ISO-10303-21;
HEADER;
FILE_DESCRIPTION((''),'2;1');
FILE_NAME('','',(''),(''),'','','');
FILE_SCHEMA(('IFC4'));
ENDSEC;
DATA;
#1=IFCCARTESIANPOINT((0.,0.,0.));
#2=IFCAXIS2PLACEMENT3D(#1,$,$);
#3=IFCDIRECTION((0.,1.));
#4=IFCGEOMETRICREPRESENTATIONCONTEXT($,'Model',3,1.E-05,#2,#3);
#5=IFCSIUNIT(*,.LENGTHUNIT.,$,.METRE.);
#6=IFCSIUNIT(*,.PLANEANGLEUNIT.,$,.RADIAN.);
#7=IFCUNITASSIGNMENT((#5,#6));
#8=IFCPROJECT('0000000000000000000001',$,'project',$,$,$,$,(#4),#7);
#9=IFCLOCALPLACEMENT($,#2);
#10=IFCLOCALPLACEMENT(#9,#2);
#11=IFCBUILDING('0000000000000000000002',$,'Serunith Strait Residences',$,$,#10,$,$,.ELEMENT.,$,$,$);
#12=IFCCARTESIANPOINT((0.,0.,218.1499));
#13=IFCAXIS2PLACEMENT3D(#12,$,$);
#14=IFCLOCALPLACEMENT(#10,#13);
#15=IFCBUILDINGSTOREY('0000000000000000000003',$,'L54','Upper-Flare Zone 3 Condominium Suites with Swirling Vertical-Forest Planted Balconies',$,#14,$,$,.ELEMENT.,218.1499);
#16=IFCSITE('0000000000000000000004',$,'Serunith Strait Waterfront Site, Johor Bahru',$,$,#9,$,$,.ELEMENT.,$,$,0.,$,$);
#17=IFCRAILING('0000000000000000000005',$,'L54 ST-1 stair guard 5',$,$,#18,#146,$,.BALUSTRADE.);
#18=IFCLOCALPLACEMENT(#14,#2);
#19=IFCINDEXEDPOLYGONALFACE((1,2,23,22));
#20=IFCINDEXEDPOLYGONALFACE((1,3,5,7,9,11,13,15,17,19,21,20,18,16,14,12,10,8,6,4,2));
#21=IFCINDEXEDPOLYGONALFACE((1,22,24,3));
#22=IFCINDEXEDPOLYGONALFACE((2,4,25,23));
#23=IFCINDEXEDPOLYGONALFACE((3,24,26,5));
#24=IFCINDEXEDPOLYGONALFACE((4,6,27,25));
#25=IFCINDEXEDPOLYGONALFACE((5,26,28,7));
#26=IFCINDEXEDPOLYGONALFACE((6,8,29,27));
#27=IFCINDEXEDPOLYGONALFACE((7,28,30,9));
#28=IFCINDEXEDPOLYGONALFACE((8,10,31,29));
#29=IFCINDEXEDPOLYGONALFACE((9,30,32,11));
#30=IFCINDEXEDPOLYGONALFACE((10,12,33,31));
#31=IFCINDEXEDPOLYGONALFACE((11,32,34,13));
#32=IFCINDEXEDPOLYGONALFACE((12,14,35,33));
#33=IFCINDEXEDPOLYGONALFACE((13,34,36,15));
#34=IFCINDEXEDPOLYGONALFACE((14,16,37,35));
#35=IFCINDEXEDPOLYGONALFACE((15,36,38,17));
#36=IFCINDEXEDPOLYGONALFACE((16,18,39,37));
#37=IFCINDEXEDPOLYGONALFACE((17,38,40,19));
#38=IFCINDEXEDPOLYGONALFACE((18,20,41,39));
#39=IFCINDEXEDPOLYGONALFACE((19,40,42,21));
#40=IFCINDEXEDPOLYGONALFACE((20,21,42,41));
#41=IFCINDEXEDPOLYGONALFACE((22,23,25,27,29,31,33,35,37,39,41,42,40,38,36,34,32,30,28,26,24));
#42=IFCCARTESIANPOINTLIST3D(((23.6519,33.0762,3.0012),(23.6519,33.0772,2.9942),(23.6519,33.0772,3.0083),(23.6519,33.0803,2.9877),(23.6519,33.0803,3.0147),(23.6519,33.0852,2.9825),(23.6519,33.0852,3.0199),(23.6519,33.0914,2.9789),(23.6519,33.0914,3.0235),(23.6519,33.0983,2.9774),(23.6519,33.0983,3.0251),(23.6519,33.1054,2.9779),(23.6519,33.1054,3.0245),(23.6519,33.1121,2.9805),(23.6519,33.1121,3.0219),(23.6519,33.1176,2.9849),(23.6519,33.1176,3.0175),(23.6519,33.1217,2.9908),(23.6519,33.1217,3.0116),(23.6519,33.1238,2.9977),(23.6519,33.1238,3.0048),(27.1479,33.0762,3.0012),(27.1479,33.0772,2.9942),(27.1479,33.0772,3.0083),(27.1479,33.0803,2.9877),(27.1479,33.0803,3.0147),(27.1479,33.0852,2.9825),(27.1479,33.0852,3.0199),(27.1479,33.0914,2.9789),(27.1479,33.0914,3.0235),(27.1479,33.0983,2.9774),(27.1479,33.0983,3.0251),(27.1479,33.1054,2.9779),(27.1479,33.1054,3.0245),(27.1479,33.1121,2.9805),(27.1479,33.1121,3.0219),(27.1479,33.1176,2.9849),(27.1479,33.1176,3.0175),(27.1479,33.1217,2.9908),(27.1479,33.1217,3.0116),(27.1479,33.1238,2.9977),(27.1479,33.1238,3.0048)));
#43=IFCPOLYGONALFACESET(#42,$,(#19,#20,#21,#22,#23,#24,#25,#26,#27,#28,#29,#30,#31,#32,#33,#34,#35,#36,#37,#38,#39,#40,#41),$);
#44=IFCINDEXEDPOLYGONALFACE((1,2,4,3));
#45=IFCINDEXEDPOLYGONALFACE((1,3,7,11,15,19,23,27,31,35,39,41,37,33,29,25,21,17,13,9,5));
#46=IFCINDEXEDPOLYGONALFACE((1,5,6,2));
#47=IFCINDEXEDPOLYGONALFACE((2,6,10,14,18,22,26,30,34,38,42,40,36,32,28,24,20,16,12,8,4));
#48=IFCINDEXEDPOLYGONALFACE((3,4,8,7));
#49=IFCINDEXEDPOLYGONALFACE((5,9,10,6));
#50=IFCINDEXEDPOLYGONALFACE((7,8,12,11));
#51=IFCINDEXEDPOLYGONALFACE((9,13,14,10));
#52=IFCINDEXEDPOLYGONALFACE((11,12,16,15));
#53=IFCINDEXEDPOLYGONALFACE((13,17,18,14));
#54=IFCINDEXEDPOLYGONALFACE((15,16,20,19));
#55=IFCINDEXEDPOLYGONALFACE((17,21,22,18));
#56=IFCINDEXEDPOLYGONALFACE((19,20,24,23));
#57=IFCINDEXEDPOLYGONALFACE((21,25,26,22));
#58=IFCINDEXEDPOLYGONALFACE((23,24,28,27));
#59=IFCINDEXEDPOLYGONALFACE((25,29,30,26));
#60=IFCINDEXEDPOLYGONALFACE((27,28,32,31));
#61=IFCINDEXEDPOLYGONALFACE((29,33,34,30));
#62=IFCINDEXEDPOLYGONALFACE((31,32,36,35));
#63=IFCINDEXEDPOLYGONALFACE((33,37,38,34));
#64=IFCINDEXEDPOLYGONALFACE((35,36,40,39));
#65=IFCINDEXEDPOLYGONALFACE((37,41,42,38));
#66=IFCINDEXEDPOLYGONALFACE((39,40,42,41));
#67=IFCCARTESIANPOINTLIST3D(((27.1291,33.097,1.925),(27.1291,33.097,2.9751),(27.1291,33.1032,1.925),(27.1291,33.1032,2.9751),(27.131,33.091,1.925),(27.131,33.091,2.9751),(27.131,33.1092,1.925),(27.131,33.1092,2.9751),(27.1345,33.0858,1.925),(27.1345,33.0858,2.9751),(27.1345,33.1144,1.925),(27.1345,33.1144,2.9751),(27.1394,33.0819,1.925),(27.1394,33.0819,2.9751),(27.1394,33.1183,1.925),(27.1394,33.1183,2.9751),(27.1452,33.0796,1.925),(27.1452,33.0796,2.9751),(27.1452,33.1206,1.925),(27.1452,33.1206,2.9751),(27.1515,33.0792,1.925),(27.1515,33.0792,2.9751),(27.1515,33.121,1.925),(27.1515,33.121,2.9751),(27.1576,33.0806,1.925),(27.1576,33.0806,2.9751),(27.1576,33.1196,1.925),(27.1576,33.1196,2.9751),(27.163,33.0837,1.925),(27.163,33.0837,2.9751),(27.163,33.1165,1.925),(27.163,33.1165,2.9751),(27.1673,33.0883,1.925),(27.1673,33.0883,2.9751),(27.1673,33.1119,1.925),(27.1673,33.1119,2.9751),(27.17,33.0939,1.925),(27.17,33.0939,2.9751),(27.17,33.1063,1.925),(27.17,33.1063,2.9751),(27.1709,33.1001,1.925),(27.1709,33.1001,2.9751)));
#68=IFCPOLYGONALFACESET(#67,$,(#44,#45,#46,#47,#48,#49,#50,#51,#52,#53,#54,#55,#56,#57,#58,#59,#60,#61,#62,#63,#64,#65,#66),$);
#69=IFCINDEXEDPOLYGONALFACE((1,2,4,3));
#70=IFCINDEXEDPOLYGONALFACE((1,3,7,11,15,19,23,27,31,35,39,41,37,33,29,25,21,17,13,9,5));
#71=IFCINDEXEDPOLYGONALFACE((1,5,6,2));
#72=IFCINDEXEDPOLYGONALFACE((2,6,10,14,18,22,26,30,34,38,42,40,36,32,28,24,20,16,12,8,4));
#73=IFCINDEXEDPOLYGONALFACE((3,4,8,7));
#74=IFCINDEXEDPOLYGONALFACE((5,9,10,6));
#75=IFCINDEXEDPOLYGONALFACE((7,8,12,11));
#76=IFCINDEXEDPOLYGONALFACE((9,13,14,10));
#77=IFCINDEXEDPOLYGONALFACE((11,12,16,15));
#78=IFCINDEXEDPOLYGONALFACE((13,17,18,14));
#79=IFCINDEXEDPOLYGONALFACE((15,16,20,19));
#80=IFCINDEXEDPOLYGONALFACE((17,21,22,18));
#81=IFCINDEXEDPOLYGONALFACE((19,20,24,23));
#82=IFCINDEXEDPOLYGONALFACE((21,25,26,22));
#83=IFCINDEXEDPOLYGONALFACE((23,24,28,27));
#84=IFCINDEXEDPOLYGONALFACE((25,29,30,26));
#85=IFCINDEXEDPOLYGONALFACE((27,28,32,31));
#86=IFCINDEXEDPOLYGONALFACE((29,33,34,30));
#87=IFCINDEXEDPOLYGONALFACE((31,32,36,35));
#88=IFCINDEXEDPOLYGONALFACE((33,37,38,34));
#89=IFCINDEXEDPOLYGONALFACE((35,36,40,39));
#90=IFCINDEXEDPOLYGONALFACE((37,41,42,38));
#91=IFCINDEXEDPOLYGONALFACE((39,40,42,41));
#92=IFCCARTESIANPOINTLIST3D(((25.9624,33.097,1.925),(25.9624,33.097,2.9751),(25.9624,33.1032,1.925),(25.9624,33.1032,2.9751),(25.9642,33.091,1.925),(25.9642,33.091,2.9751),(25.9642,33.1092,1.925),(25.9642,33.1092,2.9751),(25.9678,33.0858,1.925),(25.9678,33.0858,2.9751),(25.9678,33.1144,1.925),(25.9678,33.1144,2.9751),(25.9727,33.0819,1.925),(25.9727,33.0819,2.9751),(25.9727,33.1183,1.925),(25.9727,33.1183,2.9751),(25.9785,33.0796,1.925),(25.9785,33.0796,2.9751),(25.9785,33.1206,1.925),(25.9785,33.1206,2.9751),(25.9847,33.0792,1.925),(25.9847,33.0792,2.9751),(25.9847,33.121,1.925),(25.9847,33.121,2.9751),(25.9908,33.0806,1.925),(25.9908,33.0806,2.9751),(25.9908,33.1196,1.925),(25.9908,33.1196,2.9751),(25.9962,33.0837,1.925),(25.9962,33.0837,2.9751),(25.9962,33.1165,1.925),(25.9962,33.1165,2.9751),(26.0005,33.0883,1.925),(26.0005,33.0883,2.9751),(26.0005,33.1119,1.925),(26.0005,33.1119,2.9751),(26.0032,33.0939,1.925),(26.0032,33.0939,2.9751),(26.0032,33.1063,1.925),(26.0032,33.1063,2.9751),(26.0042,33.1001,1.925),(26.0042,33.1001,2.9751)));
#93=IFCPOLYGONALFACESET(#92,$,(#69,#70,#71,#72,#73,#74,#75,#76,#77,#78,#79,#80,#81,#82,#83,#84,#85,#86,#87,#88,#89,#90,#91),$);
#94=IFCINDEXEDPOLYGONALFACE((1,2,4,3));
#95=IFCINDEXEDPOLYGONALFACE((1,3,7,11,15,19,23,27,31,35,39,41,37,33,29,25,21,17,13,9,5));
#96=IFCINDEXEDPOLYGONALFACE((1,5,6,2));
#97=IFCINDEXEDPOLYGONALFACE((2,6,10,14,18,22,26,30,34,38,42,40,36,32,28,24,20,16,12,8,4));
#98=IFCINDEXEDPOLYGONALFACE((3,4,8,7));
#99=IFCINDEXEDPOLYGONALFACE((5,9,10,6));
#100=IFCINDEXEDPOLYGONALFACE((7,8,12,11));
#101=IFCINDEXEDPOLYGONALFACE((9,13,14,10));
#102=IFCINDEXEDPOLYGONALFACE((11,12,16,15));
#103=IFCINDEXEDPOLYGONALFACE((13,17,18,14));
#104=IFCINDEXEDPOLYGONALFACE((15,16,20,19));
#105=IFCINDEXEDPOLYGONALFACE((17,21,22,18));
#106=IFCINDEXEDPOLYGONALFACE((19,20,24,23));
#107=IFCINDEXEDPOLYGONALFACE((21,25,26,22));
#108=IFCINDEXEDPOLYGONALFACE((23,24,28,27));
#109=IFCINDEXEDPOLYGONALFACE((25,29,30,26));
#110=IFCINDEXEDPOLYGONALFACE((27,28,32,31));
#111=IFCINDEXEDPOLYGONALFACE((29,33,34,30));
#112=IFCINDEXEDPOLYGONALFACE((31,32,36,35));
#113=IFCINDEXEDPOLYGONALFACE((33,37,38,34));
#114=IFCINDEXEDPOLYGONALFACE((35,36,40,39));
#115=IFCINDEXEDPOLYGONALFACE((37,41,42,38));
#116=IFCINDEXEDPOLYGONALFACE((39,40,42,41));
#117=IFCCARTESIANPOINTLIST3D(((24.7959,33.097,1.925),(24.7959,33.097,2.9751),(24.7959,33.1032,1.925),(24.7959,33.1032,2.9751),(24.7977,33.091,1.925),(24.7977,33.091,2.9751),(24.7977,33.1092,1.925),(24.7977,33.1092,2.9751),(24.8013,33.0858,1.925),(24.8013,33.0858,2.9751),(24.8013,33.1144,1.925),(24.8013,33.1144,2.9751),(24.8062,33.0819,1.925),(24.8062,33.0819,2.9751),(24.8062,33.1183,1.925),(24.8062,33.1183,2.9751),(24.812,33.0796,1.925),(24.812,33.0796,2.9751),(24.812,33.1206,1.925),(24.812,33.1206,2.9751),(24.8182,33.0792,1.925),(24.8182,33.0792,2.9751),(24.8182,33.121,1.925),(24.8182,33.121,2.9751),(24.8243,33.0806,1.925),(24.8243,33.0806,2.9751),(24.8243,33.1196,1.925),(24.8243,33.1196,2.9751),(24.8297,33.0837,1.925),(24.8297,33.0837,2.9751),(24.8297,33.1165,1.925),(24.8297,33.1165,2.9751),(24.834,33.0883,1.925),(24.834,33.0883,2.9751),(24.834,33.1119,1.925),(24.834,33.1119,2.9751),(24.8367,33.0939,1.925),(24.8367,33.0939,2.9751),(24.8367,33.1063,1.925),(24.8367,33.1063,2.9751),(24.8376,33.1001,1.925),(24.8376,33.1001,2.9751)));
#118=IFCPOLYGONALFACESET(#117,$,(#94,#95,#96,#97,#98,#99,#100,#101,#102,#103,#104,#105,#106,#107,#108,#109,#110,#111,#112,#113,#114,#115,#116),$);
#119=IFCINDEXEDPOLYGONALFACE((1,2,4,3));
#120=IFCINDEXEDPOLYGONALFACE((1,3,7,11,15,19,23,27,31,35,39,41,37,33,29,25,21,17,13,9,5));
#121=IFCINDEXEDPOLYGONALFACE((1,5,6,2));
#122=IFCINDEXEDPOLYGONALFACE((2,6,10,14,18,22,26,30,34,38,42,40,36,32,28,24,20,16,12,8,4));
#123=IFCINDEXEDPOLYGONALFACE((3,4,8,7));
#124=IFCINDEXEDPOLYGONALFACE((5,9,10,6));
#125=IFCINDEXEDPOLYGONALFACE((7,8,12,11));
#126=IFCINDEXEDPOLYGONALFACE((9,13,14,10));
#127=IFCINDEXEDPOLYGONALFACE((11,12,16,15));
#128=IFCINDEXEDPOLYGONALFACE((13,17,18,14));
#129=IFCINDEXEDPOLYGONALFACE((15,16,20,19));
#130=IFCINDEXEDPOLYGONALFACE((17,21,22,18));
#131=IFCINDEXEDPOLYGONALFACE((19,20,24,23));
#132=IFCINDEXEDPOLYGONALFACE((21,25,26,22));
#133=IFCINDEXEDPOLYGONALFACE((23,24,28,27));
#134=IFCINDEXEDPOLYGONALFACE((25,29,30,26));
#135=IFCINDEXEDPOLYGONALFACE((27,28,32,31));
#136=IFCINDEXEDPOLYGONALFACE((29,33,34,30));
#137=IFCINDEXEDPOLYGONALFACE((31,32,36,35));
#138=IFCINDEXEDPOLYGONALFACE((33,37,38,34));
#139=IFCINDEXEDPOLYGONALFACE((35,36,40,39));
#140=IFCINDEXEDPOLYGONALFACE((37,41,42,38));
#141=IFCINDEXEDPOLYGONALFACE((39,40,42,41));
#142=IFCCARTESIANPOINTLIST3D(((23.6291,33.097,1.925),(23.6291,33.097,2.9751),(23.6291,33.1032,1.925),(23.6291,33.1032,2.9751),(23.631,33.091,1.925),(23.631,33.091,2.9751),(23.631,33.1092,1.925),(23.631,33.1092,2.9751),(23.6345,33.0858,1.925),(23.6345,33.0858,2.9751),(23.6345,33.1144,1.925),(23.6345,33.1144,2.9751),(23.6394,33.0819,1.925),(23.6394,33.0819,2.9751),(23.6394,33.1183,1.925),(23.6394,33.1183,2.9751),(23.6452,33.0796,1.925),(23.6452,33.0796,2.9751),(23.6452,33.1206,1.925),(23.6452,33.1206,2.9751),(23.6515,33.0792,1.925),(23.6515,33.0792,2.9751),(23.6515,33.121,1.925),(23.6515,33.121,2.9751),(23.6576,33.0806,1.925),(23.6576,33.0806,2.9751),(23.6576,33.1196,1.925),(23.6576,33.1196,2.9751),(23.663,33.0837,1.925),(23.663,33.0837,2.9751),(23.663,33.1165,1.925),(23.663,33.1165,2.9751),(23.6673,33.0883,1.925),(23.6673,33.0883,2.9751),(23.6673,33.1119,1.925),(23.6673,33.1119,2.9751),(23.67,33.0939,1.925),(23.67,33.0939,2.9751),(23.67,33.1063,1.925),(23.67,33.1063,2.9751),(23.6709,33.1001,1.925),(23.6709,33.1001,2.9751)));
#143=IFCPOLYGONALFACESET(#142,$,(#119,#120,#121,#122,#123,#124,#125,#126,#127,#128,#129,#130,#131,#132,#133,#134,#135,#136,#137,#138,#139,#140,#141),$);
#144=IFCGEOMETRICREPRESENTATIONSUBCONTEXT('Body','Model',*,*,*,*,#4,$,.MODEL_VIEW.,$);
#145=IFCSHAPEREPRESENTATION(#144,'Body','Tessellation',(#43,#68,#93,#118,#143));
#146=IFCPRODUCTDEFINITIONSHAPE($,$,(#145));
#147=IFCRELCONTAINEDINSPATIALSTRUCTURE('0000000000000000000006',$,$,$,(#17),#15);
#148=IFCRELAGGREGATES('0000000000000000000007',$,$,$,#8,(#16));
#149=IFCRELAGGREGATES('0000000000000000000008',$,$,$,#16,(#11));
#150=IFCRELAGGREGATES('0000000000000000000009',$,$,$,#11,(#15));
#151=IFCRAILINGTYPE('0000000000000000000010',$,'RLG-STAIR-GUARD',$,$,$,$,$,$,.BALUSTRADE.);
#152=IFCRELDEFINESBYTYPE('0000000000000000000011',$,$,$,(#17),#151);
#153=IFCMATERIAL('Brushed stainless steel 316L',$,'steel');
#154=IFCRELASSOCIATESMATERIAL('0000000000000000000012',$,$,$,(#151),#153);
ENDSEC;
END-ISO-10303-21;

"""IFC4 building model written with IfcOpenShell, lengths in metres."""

from ifc_helpers import new_model, si_unit, direction, frame, origin, origin_2d, place, context, subcontext, project, spatial, circle, extrude, material, type_object, element, save


model = new_model("IFC4")

# Units and contexts
model_context = context("Model", 3, precision=1e-05, world=origin(), true_north=direction((0.0, 1.0)))
body_context = subcontext(model_context, "Body", "Model", "MODEL_VIEW")
ifc_project = project(units=[si_unit("LENGTHUNIT", "METRE"), si_unit("PLANEANGLEUNIT", "RADIAN")], contexts=[model_context])

# Site, building, storey
site_placement = place(None, origin())
site = spatial("IfcSite", under=ifc_project, at=site_placement, Name="Serunith Strait Waterfront Site, Johor Bahru", CompositionType="ELEMENT", RefElevation=0.0)
building_placement = place(site_placement, origin())
building = spatial("IfcBuilding", under=site, at=building_placement, Name="Serunith Strait Residences", CompositionType="ELEMENT")
storey_placement = place(building_placement, frame((0.0, 0.0, 218.1499)))
storey = spatial("IfcBuildingStorey", under=building, at=storey_placement, Name="L54", Description="Upper-Flare Zone 3 Condominium Suites with Swirling Vertical-Forest Planted Balconies", CompositionType="ELEMENT", Elevation=218.1499)

# Railing
ifc_material_1 = material(Name="Brushed stainless steel 316L", Category="steel")
railing_type_1 = type_object("IfcRailingType", Name="RLG-STAIR-GUARD", PredefinedType="BALUSTRADE", material=ifc_material_1)
railing_1_placement = place(storey_placement, frame((27.1499, 33.1001, 1.925)))
element("IfcRailing", 1, at=railing_1_placement, inside=storey, type_object=railing_type_1, Name="L54 ST-1 stair guard 5", PredefinedType="BALUSTRADE", context=body_context, shape_type="SweptSolid", body=[
    extrude(circle(Radius=0.0239, at=origin_2d()), frame((-0.002, 0.0, 1.0762), z_axis=(-1.0, 0.0, 0.0), x_axis=(0.0, -1.0, 0.0)), (0.0, 0.0, 1.0), 3.4961),
    extrude(circle(Radius=0.021, at=origin_2d()), origin(), (0.0, 0.0, 1.0), 1.05),
    extrude(circle(Radius=0.021, at=origin_2d()), frame((-1.1667, 0.0, 0.0)), (0.0, 0.0, 1.0), 1.05),
    extrude(circle(Radius=0.021, at=origin_2d()), frame((-2.3333, 0.0, 0.0)), (0.0, 0.0, 1.0), 1.05),
    extrude(circle(Radius=0.021, at=origin_2d()), frame((-3.5, 0.0, 0.0)), (0.0, 0.0, 1.0), 1.05),
])

save(model, "model.ifc")
